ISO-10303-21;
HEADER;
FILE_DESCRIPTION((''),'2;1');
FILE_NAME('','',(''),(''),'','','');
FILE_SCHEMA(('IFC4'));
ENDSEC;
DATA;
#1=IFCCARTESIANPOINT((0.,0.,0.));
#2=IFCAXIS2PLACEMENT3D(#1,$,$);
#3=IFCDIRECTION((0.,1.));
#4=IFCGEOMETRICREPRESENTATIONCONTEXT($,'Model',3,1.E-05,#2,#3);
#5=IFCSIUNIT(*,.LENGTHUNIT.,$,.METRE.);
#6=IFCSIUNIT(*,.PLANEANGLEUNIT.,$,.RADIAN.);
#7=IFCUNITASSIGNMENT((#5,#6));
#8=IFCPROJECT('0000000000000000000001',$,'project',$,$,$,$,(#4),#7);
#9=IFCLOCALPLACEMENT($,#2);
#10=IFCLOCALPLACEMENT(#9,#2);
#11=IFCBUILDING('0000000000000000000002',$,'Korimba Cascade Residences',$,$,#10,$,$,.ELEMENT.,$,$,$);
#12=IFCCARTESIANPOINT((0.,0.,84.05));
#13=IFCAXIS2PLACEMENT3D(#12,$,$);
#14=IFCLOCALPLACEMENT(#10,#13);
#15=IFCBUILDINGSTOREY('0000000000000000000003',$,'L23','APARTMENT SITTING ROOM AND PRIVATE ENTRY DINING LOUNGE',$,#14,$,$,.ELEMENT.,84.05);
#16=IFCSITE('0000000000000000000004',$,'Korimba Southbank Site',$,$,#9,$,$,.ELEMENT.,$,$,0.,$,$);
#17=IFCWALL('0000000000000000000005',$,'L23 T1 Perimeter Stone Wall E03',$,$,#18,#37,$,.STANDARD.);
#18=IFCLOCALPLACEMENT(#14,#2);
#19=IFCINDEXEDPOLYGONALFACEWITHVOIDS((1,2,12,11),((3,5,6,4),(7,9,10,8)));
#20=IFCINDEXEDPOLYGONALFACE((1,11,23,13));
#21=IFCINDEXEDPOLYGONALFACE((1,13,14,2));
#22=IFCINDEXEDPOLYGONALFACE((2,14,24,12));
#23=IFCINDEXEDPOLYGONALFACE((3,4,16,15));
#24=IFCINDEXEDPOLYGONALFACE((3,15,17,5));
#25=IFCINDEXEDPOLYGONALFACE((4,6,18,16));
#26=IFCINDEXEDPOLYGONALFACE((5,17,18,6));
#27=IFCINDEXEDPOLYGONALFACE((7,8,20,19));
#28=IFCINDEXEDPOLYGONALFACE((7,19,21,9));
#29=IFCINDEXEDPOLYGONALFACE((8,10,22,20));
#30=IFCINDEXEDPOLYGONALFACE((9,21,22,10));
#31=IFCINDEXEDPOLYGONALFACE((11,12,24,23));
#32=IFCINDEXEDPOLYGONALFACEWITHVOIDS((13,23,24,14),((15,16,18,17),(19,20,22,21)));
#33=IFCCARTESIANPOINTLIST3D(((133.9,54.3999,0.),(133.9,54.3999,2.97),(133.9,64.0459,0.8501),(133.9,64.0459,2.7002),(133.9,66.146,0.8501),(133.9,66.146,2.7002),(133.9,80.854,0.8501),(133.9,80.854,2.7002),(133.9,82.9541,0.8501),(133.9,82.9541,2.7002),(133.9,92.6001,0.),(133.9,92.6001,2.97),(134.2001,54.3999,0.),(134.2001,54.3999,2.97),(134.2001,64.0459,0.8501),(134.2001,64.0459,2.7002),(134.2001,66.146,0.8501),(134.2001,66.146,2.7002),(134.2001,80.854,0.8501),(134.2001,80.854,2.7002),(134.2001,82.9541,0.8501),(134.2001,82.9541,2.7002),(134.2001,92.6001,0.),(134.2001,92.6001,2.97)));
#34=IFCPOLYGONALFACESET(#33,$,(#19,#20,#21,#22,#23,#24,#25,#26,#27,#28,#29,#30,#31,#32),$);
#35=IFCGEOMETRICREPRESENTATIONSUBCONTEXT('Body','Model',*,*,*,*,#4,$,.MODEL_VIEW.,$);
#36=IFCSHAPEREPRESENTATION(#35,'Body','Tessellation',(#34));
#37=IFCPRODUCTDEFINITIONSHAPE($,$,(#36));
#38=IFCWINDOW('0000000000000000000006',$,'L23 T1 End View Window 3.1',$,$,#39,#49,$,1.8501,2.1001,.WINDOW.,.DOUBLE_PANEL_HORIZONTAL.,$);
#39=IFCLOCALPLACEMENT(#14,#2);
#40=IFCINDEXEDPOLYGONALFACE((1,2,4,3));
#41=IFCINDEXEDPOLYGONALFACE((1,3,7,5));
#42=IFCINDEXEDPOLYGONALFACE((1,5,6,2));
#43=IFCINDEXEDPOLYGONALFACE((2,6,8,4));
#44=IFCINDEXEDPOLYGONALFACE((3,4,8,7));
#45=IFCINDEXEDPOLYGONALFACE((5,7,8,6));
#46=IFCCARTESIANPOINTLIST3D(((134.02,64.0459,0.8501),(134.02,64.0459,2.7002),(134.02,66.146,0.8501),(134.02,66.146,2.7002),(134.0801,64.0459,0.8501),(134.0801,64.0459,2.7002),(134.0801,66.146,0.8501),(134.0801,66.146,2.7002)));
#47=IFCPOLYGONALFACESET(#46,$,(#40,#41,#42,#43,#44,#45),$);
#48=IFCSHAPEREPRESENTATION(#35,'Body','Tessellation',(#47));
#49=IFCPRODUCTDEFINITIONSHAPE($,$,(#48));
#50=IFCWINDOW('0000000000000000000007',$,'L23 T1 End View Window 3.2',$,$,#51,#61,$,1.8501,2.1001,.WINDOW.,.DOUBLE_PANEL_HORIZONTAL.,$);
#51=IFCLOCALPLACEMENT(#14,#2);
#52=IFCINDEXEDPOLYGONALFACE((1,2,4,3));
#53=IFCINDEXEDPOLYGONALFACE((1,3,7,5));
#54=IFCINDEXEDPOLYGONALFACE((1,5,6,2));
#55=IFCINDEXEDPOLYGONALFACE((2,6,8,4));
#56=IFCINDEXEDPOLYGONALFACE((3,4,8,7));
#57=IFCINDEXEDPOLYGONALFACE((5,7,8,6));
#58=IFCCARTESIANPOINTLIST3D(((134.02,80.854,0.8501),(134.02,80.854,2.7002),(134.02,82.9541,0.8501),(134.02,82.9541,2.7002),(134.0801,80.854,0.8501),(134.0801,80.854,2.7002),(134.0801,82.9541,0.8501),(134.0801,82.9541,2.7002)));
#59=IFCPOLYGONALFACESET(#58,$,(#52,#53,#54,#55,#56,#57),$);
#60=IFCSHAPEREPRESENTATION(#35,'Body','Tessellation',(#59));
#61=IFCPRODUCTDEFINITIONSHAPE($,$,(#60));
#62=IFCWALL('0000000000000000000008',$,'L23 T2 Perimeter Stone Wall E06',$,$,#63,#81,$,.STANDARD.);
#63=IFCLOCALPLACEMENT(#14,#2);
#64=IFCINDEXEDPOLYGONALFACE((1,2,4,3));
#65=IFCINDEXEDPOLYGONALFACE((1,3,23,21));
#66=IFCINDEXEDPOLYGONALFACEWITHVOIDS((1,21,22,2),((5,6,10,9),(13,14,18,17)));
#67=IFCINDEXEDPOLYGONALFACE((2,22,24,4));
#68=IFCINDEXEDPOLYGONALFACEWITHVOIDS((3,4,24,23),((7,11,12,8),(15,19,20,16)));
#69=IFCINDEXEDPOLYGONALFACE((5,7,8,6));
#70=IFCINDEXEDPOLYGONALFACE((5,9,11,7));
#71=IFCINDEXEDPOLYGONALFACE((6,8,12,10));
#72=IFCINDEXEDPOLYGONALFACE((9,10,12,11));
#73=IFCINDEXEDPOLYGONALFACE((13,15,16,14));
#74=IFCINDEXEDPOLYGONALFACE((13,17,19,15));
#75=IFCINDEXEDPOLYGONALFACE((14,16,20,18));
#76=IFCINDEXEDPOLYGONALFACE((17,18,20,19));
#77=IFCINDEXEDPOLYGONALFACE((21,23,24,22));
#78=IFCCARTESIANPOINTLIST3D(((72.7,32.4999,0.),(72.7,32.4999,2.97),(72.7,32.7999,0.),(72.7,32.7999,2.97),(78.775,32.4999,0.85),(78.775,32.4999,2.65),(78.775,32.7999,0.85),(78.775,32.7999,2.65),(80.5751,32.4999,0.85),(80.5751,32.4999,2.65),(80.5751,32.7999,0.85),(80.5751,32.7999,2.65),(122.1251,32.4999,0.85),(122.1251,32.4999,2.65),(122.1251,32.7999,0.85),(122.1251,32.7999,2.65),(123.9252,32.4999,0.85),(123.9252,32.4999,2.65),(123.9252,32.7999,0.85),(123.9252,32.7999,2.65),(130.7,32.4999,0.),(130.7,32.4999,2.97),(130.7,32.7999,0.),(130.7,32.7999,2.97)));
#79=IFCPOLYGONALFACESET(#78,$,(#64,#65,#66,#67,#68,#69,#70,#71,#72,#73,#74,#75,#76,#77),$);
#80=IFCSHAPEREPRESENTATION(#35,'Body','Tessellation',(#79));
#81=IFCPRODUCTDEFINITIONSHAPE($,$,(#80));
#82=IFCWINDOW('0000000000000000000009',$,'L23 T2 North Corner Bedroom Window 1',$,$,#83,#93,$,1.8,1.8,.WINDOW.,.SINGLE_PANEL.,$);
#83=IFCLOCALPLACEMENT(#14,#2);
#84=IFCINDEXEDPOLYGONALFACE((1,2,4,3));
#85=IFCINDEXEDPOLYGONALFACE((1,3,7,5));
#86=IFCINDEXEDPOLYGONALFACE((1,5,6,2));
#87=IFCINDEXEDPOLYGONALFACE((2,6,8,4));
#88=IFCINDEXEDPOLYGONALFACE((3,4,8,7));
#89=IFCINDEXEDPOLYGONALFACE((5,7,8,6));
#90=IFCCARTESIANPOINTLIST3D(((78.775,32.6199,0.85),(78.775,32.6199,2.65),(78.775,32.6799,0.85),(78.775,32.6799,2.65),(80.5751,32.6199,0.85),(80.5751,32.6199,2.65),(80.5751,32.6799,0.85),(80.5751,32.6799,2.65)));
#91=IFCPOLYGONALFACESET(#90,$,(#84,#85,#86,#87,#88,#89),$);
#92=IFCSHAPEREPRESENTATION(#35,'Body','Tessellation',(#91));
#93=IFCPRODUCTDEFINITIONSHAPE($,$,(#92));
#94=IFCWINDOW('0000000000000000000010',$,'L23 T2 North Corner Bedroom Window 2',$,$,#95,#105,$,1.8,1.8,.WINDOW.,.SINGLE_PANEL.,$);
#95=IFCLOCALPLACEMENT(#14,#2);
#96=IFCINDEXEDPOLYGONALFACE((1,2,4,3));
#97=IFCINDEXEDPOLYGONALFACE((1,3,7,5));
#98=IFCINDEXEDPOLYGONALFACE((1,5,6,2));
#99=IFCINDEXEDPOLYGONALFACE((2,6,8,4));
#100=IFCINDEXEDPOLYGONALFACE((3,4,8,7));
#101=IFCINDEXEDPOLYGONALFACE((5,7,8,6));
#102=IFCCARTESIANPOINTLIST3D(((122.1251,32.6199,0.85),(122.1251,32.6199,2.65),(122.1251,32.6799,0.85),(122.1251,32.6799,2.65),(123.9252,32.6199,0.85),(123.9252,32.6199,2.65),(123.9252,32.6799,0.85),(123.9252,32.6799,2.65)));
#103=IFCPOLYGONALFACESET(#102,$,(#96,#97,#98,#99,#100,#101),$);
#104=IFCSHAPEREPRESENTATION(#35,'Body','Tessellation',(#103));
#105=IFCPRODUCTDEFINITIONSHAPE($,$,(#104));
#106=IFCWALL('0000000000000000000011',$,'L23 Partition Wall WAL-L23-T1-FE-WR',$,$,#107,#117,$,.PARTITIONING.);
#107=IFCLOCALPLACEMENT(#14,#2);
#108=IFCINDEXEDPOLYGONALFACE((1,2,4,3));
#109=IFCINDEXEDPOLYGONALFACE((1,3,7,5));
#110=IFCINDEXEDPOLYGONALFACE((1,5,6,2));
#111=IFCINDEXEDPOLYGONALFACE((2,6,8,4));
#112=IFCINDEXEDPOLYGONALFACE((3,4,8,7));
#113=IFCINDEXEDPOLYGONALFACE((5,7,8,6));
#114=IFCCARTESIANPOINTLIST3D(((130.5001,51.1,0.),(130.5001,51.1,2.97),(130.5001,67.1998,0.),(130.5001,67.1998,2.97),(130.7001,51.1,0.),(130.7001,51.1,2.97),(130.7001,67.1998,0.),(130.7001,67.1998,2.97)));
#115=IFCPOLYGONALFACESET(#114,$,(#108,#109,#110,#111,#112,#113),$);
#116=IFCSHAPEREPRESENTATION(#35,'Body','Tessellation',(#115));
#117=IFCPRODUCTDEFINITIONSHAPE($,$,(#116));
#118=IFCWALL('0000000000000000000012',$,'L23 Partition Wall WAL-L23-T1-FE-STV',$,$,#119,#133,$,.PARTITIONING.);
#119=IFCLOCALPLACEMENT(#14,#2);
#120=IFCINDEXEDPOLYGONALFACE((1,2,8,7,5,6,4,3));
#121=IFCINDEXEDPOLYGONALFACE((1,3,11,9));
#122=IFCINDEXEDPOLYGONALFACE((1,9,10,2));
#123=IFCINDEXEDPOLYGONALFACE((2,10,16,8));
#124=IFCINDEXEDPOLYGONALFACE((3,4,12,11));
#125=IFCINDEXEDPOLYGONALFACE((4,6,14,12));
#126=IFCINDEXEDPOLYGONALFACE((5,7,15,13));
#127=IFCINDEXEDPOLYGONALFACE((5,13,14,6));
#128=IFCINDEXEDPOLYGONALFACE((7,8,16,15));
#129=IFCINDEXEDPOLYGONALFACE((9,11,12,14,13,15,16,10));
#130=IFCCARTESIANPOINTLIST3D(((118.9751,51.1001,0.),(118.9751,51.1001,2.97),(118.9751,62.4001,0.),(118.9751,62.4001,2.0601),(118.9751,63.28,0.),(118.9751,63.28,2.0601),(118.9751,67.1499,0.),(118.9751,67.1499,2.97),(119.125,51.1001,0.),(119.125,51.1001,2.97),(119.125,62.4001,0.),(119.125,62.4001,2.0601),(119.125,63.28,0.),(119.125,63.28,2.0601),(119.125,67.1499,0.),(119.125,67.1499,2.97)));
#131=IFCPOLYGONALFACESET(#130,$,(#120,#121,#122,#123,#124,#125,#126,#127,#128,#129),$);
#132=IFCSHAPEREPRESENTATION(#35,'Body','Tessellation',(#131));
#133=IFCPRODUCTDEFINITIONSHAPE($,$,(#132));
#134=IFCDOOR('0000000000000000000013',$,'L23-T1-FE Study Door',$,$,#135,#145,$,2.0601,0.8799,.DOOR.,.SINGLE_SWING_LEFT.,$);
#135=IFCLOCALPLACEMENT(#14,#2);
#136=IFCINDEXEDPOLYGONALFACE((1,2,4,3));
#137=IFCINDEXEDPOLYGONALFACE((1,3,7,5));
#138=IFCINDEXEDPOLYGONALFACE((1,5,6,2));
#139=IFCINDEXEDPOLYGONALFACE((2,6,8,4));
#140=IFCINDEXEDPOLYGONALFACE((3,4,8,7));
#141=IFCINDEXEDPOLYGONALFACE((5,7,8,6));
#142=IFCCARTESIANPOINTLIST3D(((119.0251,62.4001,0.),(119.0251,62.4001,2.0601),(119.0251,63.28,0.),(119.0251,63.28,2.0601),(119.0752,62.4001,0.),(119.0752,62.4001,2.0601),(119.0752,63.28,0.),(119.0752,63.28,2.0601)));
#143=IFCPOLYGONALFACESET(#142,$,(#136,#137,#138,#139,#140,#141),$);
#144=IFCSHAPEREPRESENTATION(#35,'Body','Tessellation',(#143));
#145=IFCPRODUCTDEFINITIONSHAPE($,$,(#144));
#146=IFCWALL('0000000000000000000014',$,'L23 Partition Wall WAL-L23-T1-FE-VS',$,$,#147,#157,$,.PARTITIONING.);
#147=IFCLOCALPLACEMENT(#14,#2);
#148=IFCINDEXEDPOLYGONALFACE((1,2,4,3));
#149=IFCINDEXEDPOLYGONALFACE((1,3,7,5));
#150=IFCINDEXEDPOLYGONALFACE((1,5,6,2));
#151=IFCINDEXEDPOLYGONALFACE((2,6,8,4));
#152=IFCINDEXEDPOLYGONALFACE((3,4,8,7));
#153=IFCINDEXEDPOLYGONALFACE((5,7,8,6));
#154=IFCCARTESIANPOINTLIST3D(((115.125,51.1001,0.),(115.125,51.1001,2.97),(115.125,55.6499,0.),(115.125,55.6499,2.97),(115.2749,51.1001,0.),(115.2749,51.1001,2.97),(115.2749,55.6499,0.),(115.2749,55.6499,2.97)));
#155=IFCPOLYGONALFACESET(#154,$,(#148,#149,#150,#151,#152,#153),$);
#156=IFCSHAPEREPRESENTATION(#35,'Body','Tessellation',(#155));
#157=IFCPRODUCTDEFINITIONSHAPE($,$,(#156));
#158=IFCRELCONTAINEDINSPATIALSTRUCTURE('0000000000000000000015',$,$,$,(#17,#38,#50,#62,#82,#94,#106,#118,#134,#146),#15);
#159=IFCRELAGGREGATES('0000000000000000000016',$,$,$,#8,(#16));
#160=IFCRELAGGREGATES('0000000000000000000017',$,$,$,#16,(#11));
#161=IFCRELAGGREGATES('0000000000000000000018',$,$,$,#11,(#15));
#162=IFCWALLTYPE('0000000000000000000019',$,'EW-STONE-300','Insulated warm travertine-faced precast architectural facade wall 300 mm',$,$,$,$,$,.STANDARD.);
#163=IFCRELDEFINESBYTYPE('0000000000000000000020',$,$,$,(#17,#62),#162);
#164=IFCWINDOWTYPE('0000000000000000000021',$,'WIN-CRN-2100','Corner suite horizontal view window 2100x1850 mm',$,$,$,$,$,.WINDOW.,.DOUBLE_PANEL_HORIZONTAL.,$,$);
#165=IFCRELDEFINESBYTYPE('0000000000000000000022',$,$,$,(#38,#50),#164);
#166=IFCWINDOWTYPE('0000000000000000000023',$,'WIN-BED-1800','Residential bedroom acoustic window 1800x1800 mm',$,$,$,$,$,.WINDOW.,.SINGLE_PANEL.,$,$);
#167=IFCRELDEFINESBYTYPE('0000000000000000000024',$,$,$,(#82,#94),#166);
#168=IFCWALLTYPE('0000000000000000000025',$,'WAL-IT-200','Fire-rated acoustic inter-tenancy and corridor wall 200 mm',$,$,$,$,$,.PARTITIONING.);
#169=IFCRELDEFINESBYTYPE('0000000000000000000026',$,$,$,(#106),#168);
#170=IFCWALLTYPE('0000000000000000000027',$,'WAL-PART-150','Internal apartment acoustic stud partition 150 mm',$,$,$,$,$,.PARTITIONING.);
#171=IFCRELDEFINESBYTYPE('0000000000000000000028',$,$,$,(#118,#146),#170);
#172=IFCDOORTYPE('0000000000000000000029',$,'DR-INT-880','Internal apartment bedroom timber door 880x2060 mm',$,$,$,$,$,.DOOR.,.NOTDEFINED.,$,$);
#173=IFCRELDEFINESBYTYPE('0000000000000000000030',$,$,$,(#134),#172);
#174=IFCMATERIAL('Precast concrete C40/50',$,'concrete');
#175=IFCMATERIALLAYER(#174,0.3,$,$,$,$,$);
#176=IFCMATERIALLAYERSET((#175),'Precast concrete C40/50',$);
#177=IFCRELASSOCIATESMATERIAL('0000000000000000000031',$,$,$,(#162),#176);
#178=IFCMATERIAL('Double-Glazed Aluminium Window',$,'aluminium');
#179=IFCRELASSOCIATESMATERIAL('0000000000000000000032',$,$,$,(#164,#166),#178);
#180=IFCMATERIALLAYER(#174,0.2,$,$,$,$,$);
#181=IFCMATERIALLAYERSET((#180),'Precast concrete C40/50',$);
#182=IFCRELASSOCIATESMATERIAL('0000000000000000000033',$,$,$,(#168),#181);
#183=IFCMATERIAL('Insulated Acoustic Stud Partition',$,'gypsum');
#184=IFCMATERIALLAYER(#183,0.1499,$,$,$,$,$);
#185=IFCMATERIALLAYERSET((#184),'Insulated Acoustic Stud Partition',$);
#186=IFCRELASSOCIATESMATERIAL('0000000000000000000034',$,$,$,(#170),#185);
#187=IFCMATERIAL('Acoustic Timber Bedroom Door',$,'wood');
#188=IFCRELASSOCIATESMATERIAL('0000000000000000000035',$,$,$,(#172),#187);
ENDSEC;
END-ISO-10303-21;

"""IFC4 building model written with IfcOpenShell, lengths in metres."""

from ifc_helpers import new_model, si_unit, direction, frame, frame_2d, origin, place, context, subcontext, project, spatial, rectangle, extrude, material, layer, layer_set, type_object, element, fill, save


model = new_model("IFC4")

# Units and contexts
model_context = context("Model", 3, precision=1e-05, world=origin(), true_north=direction((0.0, 1.0)))
body_context = subcontext(model_context, "Body", "Model", "MODEL_VIEW")
ifc_project = project(units=[si_unit("LENGTHUNIT", "METRE"), si_unit("PLANEANGLEUNIT", "RADIAN")], contexts=[model_context])

# Site, building, storey
site_placement = place(None, origin())
site = spatial("IfcSite", under=ifc_project, at=site_placement, Name="Korimba Southbank Site", CompositionType="ELEMENT", RefElevation=0.0)
building_placement = place(site_placement, origin())
building = spatial("IfcBuilding", under=site, at=building_placement, Name="Korimba Cascade Residences", CompositionType="ELEMENT")
storey_placement = place(building_placement, frame((0.0, 0.0, 84.05)))
storey = spatial("IfcBuildingStorey", under=building, at=storey_placement, Name="L23", Description="APARTMENT SITTING ROOM AND PRIVATE ENTRY DINING LOUNGE", CompositionType="ELEMENT", Elevation=84.05)

# Shared definitions
ifc_material_1 = material(Name="Precast concrete C40/50", Category="concrete")
ifc_layer_1 = layer(ifc_material_1, 0.3)
ifc_layer_set_1 = layer_set([ifc_layer_1], Name="Precast concrete C40/50")
wall_type_1 = type_object("IfcWallType", Name="EW-STONE-300", Description="Insulated warm travertine-faced precast architectural facade wall 300 mm", PredefinedType="STANDARD", material=ifc_layer_set_1)

# Walls, openings, windows
wall_1_placement = place(storey_placement, frame((134.05, 54.3999, 0.0), z_axis=(0.0, 0.0, 1.0), x_axis=(0.0, 1.0, 0.0)))
wall_1 = element("IfcWall", 1, at=wall_1_placement, inside=storey, type_object=wall_type_1, Name="L23 T1 Perimeter Stone Wall E03", PredefinedType="STANDARD", context=body_context, shape_type="SweptSolid", body=[
    extrude(rectangle(XDim=38.2002, YDim=0.3, at=frame_2d((19.1001, 0.0))), origin(), (0.0, 0.0, 1.0), 2.97),
])
opening_1_placement = place(wall_1_placement, frame((9.646, 0.0, 0.8501)))
opening_1 = element("IfcOpeningElement", 2, at=opening_1_placement, cuts=wall_1, PredefinedType="OPENING", context=body_context, shape_type="SweptSolid", body=[
    extrude(rectangle(XDim=2.1001, YDim=1.8501, at=frame_2d((1.05, 0.925))), frame((0.0, 0.1602, 0.0), z_axis=(0.0, -1.0, 0.0), x_axis=(1.0, 0.0, 0.0)), (0.0, 0.0, 1.0), 0.3201),
])
opening_2_placement = place(wall_1_placement, frame((26.4541, 0.0, 0.8501)))
opening_2 = element("IfcOpeningElement", 3, at=opening_2_placement, cuts=wall_1, PredefinedType="OPENING", context=body_context, shape_type="SweptSolid", body=[
    extrude(rectangle(XDim=2.1001, YDim=1.8501, at=frame_2d((1.05, 0.925))), frame((0.0, 0.1602, 0.0), z_axis=(0.0, -1.0, 0.0), x_axis=(1.0, 0.0, 0.0)), (0.0, 0.0, 1.0), 0.3201),
])
ifc_material_2 = material(Name="Double-Glazed Aluminium Window", Category="aluminium")
window_type_1 = type_object("IfcWindowType", Name="WIN-CRN-2100", Description="Corner suite horizontal view window 2100x1850 mm", PartitioningType="DOUBLE_PANEL_HORIZONTAL", PredefinedType="WINDOW", material=ifc_material_2)
window_1_placement = place(opening_1_placement, origin())
window_1 = element("IfcWindow", 4, at=window_1_placement, inside=storey, type_object=window_type_1, Name="L23 T1 End View Window 3.1", OverallHeight=1.8501, OverallWidth=2.1001, PartitioningType="DOUBLE_PANEL_HORIZONTAL", PredefinedType="WINDOW", context=body_context, shape_type="SweptSolid", body=[
    extrude(rectangle(XDim=2.1001, YDim=1.8501, at=frame_2d((1.05, 0.925))), frame((0.0, 0.03, 0.0), z_axis=(0.0, -1.0, 0.0), x_axis=(1.0, 0.0, 0.0)), (0.0, 0.0, 1.0), 0.0601),
])
fill(opening_1, window_1)
window_2_placement = place(opening_2_placement, origin())
window_2 = element("IfcWindow", 5, at=window_2_placement, inside=storey, type_object=window_type_1, Name="L23 T1 End View Window 3.2", OverallHeight=1.8501, OverallWidth=2.1001, PartitioningType="DOUBLE_PANEL_HORIZONTAL", PredefinedType="WINDOW", context=body_context, shape_type="SweptSolid", body=[
    extrude(rectangle(XDim=2.1001, YDim=1.8501, at=frame_2d((1.05, 0.925))), frame((0.0, 0.03, 0.0), z_axis=(0.0, -1.0, 0.0), x_axis=(1.0, 0.0, 0.0)), (0.0, 0.0, 1.0), 0.0601),
])
fill(opening_2, window_2)
wall_2_placement = place(storey_placement, frame((130.7, 32.6499, 0.0), z_axis=(0.0, 0.0, 1.0), x_axis=(-1.0, 0.0, 0.0)))
wall_2 = element("IfcWall", 6, at=wall_2_placement, inside=storey, type_object=wall_type_1, Name="L23 T2 Perimeter Stone Wall E06", PredefinedType="STANDARD", context=body_context, shape_type="SweptSolid", body=[
    extrude(rectangle(XDim=58.0, YDim=0.3, at=frame_2d((29.0, 0.0))), origin(), (0.0, 0.0, 1.0), 2.97),
])
opening_3_placement = place(wall_2_placement, frame((50.125, 0.0, 0.8501)))
opening_3 = element("IfcOpeningElement", 7, at=opening_3_placement, cuts=wall_2, PredefinedType="OPENING", context=body_context, shape_type="SweptSolid", body=[
    extrude(rectangle(XDim=1.8, YDim=1.8, at=frame_2d((0.8999, 0.8999))), frame((0.0, 0.1602, 0.0), z_axis=(0.0, -1.0, 0.0), x_axis=(1.0, 0.0, 0.0)), (0.0, 0.0, 1.0), 0.3201),
])
opening_4_placement = place(wall_2_placement, frame((6.7749, 0.0, 0.8501)))
opening_4 = element("IfcOpeningElement", 8, at=opening_4_placement, cuts=wall_2, PredefinedType="OPENING", context=body_context, shape_type="SweptSolid", body=[
    extrude(rectangle(XDim=1.8, YDim=1.8, at=frame_2d((0.8999, 0.8999))), frame((0.0, 0.1602, 0.0), z_axis=(0.0, -1.0, 0.0), x_axis=(1.0, 0.0, 0.0)), (0.0, 0.0, 1.0), 0.3201),
])
window_type_2 = type_object("IfcWindowType", Name="WIN-BED-1800", Description="Residential bedroom acoustic window 1800x1800 mm", PartitioningType="SINGLE_PANEL", PredefinedType="WINDOW", material=ifc_material_2)
window_3_placement = place(opening_3_placement, origin())
window_3 = element("IfcWindow", 9, at=window_3_placement, inside=storey, type_object=window_type_2, Name="L23 T2 North Corner Bedroom Window 1", OverallHeight=1.8, OverallWidth=1.8, PartitioningType="SINGLE_PANEL", PredefinedType="WINDOW", context=body_context, shape_type="SweptSolid", body=[
    extrude(rectangle(XDim=1.8, YDim=1.8, at=frame_2d((0.8999, 0.8999))), frame((0.0, 0.03, 0.0), z_axis=(0.0, -1.0, 0.0), x_axis=(1.0, 0.0, 0.0)), (0.0, 0.0, 1.0), 0.0601),
])
fill(opening_3, window_3)
window_4_placement = place(opening_4_placement, origin())
window_4 = element("IfcWindow", 10, at=window_4_placement, inside=storey, type_object=window_type_2, Name="L23 T2 North Corner Bedroom Window 2", OverallHeight=1.8, OverallWidth=1.8, PartitioningType="SINGLE_PANEL", PredefinedType="WINDOW", context=body_context, shape_type="SweptSolid", body=[
    extrude(rectangle(XDim=1.8, YDim=1.8, at=frame_2d((0.8999, 0.8999))), frame((0.0, 0.03, 0.0), z_axis=(0.0, -1.0, 0.0), x_axis=(1.0, 0.0, 0.0)), (0.0, 0.0, 1.0), 0.0601),
])
fill(opening_4, window_4)

# Wall
ifc_layer_2 = layer(ifc_material_1, 0.2)
ifc_layer_set_2 = layer_set([ifc_layer_2], Name="Precast concrete C40/50")
wall_type_2 = type_object("IfcWallType", Name="WAL-IT-200", Description="Fire-rated acoustic inter-tenancy and corridor wall 200 mm", PredefinedType="PARTITIONING", material=ifc_layer_set_2)
wall_3_placement = place(storey_placement, frame((130.6001, 51.1001, 0.0), z_axis=(0.0, 0.0, 1.0), x_axis=(0.0, 1.0, 0.0)))
element("IfcWall", 11, at=wall_3_placement, inside=storey, type_object=wall_type_2, Name="L23 Partition Wall WAL-L23-T1-FE-WR", PredefinedType="PARTITIONING", context=body_context, shape_type="SweptSolid", body=[
    extrude(rectangle(XDim=16.0999, YDim=0.2, at=frame_2d((8.0498, 0.0))), origin(), (0.0, 0.0, 1.0), 2.97),
])

# Wall, opening, door
ifc_material_3 = material(Name="Insulated Acoustic Stud Partition", Category="gypsum")
ifc_layer_3 = layer(ifc_material_3, 0.1499)
ifc_layer_set_3 = layer_set([ifc_layer_3], Name="Insulated Acoustic Stud Partition")
wall_type_3 = type_object("IfcWallType", Name="WAL-PART-150", Description="Internal apartment acoustic stud partition 150 mm", PredefinedType="PARTITIONING", material=ifc_layer_set_3)
wall_4_placement = place(storey_placement, frame((119.05, 51.1001, 0.0), z_axis=(0.0, 0.0, 1.0), x_axis=(0.0, 1.0, 0.0)))
wall_4 = element("IfcWall", 12, at=wall_4_placement, inside=storey, type_object=wall_type_3, Name="L23 Partition Wall WAL-L23-T1-FE-STV", PredefinedType="PARTITIONING", context=body_context, shape_type="SweptSolid", body=[
    extrude(rectangle(XDim=16.0498, YDim=0.1499, at=frame_2d((8.0249, 0.0))), origin(), (0.0, 0.0, 1.0), 2.97),
])
opening_5_placement = place(wall_4_placement, frame((11.3, 0.0, 0.0)))
opening_5 = element("IfcOpeningElement", 13, at=opening_5_placement, cuts=wall_4, PredefinedType="OPENING", context=body_context, shape_type="SweptSolid", body=[
    extrude(rectangle(XDim=0.8799, YDim=2.0601, at=frame_2d((0.4399, 1.03))), frame((0.0, 0.085, 0.0), z_axis=(0.0, -1.0, 0.0), x_axis=(1.0, 0.0, 0.0)), (0.0, 0.0, 1.0), 0.1699),
])
ifc_material_4 = material(Name="Acoustic Timber Bedroom Door", Category="wood")
door_type = type_object("IfcDoorType", Name="DR-INT-880", Description="Internal apartment bedroom timber door 880x2060 mm", OperationType="NOTDEFINED", PredefinedType="DOOR", material=ifc_material_4)
door_placement = place(opening_5_placement, origin())
door = element("IfcDoor", 14, at=door_placement, inside=storey, type_object=door_type, Name="L23-T1-FE Study Door", OperationType="SINGLE_SWING_LEFT", OverallHeight=2.0601, OverallWidth=0.8799, PredefinedType="DOOR", context=body_context, shape_type="SweptSolid", body=[
    extrude(rectangle(XDim=0.8799, YDim=2.0601, at=frame_2d((0.4399, 1.03))), frame((0.0, 0.0249, 0.0), z_axis=(0.0, -1.0, 0.0), x_axis=(1.0, 0.0, 0.0)), (0.0, 0.0, 1.0), 0.05),
])
fill(opening_5, door)

# Wall
wall_5_placement = place(storey_placement, frame((115.2, 51.1001, 0.0), z_axis=(0.0, 0.0, 1.0), x_axis=(0.0, 1.0, 0.0)))
element("IfcWall", 15, at=wall_5_placement, inside=storey, type_object=wall_type_3, Name="L23 Partition Wall WAL-L23-T1-FE-VS", PredefinedType="PARTITIONING", context=body_context, shape_type="SweptSolid", body=[
    extrude(rectangle(XDim=4.5498, YDim=0.1499, at=frame_2d((2.2749, 0.0))), origin(), (0.0, 0.0, 1.0), 2.97),
])

save(model, "model.ifc")
